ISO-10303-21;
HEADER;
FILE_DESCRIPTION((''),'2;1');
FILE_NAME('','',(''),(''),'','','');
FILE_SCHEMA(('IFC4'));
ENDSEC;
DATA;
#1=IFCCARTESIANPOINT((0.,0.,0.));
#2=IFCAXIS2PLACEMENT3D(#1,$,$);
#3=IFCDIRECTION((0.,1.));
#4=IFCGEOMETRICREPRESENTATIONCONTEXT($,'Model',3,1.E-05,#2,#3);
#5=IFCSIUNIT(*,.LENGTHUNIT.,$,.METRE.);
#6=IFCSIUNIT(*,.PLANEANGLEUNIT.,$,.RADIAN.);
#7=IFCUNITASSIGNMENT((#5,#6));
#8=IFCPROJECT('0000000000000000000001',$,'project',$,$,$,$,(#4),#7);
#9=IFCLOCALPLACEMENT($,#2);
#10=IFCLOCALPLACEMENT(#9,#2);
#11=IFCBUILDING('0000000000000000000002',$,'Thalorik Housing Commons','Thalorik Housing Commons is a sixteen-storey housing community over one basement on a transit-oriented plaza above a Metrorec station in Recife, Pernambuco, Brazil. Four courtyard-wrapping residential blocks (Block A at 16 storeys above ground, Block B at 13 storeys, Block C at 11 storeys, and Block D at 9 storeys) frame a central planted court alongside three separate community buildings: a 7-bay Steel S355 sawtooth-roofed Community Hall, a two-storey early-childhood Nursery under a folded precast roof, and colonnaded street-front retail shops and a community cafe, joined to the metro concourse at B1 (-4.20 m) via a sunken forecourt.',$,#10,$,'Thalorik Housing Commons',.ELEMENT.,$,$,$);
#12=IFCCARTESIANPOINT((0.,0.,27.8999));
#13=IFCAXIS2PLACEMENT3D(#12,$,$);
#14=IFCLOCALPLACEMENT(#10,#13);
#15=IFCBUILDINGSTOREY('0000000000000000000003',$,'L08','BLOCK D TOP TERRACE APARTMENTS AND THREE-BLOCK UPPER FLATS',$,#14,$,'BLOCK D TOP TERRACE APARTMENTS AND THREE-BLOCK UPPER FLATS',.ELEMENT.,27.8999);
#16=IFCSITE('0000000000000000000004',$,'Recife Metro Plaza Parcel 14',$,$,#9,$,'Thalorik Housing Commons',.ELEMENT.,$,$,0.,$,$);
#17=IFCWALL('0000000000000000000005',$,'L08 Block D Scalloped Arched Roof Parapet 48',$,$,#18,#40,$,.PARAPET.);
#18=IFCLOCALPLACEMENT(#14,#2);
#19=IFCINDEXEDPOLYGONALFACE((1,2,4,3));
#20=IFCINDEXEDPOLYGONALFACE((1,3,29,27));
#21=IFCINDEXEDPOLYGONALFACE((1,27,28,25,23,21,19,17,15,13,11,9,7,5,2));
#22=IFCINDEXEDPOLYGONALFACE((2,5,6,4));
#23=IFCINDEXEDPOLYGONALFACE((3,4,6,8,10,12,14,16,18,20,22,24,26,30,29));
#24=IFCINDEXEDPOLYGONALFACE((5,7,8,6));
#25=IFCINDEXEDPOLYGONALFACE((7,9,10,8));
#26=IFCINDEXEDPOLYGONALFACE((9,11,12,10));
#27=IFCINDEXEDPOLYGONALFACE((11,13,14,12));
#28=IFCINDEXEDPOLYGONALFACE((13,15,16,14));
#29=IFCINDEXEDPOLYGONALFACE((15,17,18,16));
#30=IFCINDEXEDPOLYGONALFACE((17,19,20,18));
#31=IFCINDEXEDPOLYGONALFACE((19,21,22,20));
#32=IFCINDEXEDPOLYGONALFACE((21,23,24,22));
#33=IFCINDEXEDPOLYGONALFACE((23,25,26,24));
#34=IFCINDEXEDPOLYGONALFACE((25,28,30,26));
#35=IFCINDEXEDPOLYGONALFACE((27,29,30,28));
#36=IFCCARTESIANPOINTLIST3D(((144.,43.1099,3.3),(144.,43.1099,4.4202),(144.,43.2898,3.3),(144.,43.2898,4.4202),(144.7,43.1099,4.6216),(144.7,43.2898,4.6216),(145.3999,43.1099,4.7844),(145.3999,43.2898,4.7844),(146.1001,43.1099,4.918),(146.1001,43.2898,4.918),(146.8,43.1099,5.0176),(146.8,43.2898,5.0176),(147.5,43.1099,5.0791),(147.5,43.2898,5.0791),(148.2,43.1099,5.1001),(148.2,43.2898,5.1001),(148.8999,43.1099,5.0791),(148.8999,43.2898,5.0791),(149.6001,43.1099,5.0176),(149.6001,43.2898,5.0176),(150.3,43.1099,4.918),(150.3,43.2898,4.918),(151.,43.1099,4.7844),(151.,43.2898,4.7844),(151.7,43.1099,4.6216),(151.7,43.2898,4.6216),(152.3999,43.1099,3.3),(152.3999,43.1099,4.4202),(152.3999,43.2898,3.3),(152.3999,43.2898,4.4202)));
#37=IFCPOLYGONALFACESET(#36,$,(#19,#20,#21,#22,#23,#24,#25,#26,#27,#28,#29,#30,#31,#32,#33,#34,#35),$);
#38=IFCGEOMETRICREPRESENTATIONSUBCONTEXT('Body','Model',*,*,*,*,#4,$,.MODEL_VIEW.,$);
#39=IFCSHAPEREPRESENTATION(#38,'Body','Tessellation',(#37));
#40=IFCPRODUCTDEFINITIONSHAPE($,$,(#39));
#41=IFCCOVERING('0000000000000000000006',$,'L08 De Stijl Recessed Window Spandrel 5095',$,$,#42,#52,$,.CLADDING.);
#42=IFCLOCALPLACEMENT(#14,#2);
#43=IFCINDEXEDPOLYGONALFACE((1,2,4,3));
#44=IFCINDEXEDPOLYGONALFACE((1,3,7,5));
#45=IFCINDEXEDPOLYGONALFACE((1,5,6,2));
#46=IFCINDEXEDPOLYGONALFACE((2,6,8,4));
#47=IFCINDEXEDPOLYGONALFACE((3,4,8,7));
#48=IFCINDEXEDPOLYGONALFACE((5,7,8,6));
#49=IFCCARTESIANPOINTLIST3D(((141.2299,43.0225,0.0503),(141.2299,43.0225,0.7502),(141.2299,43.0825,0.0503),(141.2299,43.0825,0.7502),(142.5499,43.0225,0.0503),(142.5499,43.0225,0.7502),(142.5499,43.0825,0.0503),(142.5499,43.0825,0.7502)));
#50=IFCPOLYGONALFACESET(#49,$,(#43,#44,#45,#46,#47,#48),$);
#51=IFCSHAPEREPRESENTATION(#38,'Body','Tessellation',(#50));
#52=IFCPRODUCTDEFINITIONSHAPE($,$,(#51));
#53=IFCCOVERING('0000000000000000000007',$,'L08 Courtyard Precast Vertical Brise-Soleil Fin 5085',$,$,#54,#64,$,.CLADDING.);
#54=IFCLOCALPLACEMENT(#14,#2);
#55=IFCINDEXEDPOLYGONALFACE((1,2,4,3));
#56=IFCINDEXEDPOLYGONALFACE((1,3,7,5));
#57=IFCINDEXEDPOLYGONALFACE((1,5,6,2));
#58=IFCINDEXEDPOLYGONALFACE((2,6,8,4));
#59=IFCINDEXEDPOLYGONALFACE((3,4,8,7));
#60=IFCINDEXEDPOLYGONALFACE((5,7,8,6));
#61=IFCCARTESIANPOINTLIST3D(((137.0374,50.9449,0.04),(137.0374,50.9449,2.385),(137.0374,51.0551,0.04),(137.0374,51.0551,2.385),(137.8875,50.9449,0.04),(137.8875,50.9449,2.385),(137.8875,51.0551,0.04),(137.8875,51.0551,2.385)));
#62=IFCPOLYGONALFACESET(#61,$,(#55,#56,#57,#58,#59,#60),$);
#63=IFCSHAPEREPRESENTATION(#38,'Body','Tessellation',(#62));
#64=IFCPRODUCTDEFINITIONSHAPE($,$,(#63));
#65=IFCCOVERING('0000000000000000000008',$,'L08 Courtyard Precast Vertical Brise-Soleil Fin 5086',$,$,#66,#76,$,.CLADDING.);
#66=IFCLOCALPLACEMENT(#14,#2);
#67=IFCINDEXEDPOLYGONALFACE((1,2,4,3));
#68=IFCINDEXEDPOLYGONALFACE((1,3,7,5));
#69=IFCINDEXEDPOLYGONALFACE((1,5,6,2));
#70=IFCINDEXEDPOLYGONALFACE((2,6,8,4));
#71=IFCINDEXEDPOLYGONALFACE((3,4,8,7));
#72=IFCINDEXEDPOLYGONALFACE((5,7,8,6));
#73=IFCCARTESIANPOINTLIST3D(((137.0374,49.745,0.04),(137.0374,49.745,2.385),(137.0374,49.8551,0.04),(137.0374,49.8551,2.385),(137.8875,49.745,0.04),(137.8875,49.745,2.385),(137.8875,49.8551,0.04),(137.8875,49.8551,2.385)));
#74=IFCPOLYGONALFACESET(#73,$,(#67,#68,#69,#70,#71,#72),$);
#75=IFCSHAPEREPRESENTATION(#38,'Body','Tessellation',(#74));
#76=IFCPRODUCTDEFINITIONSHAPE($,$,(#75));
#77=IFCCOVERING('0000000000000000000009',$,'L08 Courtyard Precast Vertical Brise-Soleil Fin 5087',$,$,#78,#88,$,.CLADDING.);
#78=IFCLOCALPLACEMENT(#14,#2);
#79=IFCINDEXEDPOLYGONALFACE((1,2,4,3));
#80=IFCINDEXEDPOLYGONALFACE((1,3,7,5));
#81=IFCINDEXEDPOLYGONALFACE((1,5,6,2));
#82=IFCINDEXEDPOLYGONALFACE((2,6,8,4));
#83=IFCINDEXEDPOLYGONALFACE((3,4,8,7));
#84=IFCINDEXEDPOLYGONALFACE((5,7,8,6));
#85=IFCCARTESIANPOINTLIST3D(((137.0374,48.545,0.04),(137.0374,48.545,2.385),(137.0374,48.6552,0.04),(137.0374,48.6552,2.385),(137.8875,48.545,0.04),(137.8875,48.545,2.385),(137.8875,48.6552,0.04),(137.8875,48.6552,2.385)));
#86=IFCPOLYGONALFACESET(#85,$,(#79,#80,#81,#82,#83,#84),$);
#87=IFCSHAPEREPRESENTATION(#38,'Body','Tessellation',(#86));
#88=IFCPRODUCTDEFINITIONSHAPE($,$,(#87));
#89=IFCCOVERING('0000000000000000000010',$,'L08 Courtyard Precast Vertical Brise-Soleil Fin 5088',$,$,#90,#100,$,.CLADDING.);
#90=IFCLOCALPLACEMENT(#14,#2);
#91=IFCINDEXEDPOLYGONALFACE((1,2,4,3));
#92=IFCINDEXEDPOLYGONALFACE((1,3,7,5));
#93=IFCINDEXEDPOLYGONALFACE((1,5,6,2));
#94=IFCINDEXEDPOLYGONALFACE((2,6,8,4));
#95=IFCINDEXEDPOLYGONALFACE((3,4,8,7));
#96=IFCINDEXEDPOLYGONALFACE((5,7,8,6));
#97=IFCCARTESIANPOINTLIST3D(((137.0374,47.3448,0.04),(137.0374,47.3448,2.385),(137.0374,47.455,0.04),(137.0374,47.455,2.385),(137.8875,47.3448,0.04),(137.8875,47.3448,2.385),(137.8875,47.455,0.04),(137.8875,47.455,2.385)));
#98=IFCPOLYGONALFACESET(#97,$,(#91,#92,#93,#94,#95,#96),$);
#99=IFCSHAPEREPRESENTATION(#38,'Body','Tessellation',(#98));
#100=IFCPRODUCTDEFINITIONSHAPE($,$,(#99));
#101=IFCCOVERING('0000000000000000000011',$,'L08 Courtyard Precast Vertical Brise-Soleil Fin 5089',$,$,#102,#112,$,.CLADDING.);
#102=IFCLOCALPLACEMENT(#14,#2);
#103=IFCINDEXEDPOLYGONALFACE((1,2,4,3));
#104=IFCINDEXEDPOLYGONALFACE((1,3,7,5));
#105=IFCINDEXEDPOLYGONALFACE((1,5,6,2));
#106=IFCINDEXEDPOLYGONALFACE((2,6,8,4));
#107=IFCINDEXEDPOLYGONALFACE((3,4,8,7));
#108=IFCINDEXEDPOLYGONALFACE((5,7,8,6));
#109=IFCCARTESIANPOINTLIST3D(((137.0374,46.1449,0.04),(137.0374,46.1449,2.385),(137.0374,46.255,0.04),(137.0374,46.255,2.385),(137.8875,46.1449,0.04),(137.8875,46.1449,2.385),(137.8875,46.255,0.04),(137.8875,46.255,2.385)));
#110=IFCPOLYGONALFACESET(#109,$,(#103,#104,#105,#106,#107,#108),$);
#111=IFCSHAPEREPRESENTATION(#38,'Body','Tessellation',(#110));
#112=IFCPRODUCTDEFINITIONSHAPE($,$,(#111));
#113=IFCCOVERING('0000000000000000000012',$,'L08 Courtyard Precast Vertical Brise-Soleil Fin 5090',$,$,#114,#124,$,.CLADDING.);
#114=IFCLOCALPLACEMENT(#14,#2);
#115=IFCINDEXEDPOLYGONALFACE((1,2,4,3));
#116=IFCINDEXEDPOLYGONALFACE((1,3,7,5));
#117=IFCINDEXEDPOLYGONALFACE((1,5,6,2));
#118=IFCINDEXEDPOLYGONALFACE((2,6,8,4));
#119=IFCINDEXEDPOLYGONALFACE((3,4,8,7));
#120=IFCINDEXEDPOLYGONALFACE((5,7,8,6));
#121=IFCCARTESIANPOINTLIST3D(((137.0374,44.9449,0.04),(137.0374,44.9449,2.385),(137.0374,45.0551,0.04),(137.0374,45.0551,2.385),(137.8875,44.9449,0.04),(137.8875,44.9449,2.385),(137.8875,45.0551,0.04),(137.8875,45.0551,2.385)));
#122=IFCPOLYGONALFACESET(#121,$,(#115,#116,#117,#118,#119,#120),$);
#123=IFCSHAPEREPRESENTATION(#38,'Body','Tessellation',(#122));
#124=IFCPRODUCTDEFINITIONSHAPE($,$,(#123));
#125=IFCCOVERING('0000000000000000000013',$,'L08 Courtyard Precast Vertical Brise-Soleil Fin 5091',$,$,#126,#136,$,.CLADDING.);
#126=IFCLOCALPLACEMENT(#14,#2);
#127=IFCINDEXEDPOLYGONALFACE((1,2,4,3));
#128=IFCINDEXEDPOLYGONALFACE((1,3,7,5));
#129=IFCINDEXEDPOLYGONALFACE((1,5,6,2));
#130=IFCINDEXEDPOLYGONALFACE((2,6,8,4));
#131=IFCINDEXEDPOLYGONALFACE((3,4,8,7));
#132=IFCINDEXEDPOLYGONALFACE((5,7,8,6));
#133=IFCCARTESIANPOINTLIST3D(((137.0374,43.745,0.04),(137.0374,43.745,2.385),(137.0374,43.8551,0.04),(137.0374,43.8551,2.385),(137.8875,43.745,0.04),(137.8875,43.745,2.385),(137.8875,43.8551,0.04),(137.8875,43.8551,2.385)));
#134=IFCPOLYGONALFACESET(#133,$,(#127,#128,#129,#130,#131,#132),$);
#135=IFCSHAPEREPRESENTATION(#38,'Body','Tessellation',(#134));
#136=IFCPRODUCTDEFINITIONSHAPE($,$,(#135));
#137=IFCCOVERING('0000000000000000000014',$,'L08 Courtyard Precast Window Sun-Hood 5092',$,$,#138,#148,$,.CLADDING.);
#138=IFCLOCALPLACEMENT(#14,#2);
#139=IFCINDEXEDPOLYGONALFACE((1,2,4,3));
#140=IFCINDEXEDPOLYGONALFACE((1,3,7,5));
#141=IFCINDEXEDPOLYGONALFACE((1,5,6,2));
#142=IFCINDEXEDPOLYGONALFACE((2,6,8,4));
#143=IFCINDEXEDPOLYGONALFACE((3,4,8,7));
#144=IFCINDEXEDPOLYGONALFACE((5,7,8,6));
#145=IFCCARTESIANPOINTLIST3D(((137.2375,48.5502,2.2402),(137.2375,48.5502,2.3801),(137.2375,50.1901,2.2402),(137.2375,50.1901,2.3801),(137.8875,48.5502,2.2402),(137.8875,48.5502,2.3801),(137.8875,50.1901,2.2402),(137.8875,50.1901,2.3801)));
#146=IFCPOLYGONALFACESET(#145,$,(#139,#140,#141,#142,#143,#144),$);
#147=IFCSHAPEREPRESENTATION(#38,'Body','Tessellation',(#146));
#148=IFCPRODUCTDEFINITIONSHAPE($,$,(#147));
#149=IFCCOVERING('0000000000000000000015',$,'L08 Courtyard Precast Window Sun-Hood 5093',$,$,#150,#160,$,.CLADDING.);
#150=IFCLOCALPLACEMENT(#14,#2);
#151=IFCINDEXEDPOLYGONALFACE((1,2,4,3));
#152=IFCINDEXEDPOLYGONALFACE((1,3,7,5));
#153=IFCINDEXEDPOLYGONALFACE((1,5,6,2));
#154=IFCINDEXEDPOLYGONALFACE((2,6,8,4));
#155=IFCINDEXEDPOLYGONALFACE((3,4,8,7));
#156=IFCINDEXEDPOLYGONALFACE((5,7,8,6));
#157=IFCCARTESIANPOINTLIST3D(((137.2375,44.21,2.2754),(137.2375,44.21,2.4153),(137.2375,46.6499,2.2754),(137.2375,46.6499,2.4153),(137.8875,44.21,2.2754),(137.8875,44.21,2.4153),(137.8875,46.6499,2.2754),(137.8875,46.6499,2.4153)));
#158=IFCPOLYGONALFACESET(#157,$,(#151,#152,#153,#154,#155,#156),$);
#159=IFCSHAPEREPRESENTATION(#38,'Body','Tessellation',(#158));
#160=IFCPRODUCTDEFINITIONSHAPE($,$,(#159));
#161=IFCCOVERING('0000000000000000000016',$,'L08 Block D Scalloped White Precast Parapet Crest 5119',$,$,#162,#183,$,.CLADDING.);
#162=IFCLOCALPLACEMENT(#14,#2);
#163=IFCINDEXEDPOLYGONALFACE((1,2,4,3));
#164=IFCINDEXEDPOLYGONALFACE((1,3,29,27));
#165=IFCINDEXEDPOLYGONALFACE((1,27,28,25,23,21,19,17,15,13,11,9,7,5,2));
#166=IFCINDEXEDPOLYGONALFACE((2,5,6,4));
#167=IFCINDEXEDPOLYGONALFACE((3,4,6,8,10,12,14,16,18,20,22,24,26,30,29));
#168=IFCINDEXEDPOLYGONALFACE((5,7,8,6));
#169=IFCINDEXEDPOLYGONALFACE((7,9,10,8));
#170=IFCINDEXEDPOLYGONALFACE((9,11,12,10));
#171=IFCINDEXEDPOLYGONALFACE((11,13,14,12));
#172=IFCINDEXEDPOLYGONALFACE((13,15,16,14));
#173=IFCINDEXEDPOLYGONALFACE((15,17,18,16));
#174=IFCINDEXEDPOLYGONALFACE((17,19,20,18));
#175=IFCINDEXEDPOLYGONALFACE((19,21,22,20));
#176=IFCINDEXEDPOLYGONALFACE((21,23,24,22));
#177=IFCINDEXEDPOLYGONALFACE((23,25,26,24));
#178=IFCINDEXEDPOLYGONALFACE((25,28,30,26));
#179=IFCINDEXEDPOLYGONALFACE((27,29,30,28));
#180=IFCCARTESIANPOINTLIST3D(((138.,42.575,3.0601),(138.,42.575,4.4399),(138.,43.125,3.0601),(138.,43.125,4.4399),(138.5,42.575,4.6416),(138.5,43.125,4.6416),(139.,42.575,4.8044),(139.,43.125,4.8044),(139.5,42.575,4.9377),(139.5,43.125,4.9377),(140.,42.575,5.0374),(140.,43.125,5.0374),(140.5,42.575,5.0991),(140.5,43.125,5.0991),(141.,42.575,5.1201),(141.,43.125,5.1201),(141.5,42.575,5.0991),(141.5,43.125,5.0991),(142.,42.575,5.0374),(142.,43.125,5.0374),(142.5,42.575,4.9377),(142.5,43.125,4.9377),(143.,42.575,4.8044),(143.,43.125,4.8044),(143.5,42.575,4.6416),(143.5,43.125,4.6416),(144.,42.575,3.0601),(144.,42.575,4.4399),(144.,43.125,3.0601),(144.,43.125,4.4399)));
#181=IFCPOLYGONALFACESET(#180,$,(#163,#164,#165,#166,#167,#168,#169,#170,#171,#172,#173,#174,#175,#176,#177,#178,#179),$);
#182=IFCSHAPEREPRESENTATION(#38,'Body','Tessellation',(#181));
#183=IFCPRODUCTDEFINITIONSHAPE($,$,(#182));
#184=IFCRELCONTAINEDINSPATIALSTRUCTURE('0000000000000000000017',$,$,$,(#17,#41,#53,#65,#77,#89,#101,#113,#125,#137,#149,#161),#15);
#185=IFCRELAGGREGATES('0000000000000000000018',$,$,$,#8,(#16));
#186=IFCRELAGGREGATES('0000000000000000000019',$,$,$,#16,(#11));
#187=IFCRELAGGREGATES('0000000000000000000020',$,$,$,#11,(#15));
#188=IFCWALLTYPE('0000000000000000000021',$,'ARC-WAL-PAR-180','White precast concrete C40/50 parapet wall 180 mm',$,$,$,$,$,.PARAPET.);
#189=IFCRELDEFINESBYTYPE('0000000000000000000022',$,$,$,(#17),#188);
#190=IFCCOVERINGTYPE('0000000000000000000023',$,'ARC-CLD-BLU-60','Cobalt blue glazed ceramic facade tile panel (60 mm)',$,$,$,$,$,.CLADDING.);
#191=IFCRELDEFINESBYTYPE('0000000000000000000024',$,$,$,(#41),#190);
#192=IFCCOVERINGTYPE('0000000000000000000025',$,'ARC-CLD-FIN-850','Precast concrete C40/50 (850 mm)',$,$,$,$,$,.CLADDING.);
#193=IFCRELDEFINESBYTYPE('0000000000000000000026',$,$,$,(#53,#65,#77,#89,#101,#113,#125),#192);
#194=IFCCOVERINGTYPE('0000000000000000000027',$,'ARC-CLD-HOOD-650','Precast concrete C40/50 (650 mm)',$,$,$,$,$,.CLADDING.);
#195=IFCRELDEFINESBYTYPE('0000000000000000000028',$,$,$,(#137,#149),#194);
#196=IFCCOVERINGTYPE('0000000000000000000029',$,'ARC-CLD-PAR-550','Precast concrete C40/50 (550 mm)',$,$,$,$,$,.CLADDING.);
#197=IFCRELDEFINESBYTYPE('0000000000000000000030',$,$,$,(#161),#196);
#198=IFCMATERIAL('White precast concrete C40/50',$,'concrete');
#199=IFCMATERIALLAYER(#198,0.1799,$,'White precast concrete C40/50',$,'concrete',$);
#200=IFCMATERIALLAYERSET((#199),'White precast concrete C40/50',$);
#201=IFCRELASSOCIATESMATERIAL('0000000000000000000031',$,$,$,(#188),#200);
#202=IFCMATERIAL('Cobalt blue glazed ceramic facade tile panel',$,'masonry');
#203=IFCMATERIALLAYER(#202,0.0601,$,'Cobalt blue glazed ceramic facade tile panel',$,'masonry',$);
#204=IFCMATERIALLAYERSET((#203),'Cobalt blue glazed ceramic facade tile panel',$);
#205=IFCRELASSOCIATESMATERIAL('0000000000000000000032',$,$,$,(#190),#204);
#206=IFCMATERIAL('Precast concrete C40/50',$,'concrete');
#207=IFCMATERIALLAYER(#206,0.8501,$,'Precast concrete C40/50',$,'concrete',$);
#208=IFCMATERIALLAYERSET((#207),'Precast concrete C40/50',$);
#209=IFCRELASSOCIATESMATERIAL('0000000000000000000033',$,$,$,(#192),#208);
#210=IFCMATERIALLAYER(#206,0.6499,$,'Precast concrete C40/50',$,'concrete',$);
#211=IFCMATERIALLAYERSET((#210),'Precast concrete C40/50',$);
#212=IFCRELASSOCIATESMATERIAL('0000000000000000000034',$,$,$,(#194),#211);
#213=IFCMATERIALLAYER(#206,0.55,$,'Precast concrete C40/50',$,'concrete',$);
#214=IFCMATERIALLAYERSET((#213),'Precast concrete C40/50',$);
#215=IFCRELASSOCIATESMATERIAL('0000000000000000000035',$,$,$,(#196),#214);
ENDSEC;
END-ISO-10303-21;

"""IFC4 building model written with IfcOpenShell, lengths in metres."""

from ifc_helpers import new_model, si_unit, direction, frame, origin, origin_2d, place, context, subcontext, project, spatial, polyline, rectangle, outline, extrude, material, layer, layer_set, type_object, element, save


model = new_model("IFC4")

# Units and contexts
model_context = context("Model", 3, precision=1e-05, world=origin(), true_north=direction((0.0, 1.0)))
body_context = subcontext(model_context, "Body", "Model", "MODEL_VIEW")
ifc_project = project(units=[si_unit("LENGTHUNIT", "METRE"), si_unit("PLANEANGLEUNIT", "RADIAN")], contexts=[model_context])

# Site, building, storey
site_placement = place(None, origin())
site = spatial("IfcSite", under=ifc_project, at=site_placement, Name="Recife Metro Plaza Parcel 14", LongName="Thalorik Housing Commons", CompositionType="ELEMENT", RefElevation=0.0)
building_placement = place(site_placement, origin())
building = spatial("IfcBuilding", under=site, at=building_placement, Name="Thalorik Housing Commons", Description="Thalorik Housing Commons is a sixteen-storey housing community over one basement on a transit-oriented plaza above a Metrorec station in Recife, Pernambuco, Brazil. Four courtyard-wrapping residential blocks (Block A at 16 storeys above ground, Block B at 13 storeys, Block C at 11 storeys, and Block D at 9 storeys) frame a central planted court alongside three separate community buildings: a 7-bay Steel S355 sawtooth-roofed Community Hall, a two-storey early-childhood Nursery under a folded precast roof, and colonnaded street-front retail shops and a community cafe, joined to the metro concourse at B1 (-4.20 m) via a sunken forecourt.", LongName="Thalorik Housing Commons", CompositionType="ELEMENT")
storey_placement = place(building_placement, frame((0.0, 0.0, 27.8999)))
storey = spatial("IfcBuildingStorey", under=building, at=storey_placement, Name="L08", Description="BLOCK D TOP TERRACE APARTMENTS AND THREE-BLOCK UPPER FLATS", LongName="BLOCK D TOP TERRACE APARTMENTS AND THREE-BLOCK UPPER FLATS", CompositionType="ELEMENT", Elevation=27.8999)

# Shared definitions
ifc_material_1 = material(Name="Precast concrete C40/50", Category="concrete")

# Shared definitions
ifc_material_2 = material(Name="White precast concrete C40/50", Category="concrete")

# Wall
ifc_layer_1 = layer(ifc_material_2, 0.1799, Name="White precast concrete C40/50", Category="concrete")
ifc_layer_set_1 = layer_set([ifc_layer_1], Name="White precast concrete C40/50")
wall_type_1 = type_object("IfcWallType", Name="ARC-WAL-PAR-180", Description="White precast concrete C40/50 parapet wall 180 mm", PredefinedType="PARAPET", material=ifc_layer_set_1)
wall_1_placement = place(storey_placement, frame((144.0, 43.2, 3.3), z_axis=(0.0, 0.0, 1.0), x_axis=(1.0, 0.0, 0.0)))
element("IfcWall", 1, at=wall_1_placement, inside=storey, type_object=wall_type_1, Name="L08 Block D Scalloped Arched Roof Parapet 48", PredefinedType="PARAPET", context=body_context, shape_type="SweptSolid", body=[
    extrude(outline(polyline([(0.0, 0.0), (8.3999, 0.0), (8.3999, 1.1201), (7.7, 1.3215), (7.0, 1.4844), (6.3, 1.6179), (5.6001, 1.7175), (4.8999, 1.7791), (4.2, 1.8), (3.5, 1.7791), (2.8, 1.7175), (2.1001, 1.6179), (1.3999, 1.4844), (0.7, 1.3215), (0.0, 1.1201), (0.0, 0.0)])), frame((0.0, 0.0898, 0.0), z_axis=(0.0, -1.0, 0.0), x_axis=(1.0, 0.0, 0.0)), (0.0, 0.0, 1.0), 0.1799),
])

# Coverings
ifc_material_3 = material(Name="Cobalt blue glazed ceramic facade tile panel", Category="masonry")
ifc_layer_2 = layer(ifc_material_3, 0.0601, Name="Cobalt blue glazed ceramic facade tile panel", Category="masonry")
ifc_layer_set_2 = layer_set([ifc_layer_2], Name="Cobalt blue glazed ceramic facade tile panel")
covering_type_1 = type_object("IfcCoveringType", Name="ARC-CLD-BLU-60", Description="Cobalt blue glazed ceramic facade tile panel (60 mm)", PredefinedType="CLADDING", material=ifc_layer_set_2)
covering_1_placement = place(storey_placement, frame((141.8899, 43.0525, 0.0503), z_axis=(0.0, 0.0, 1.0), x_axis=(1.0, 0.0, 0.0)))
element("IfcCovering", 2, at=covering_1_placement, inside=storey, type_object=covering_type_1, Name="L08 De Stijl Recessed Window Spandrel 5095", PredefinedType="CLADDING", context=body_context, shape_type="SweptSolid", body=[
    extrude(rectangle(XDim=1.3201, YDim=0.0601, at=origin_2d()), origin(), (0.0, 0.0, 1.0), 0.7),
])
ifc_layer_3 = layer(ifc_material_1, 0.8501, Name="Precast concrete C40/50", Category="concrete")
ifc_layer_set_3 = layer_set([ifc_layer_3], Name="Precast concrete C40/50")
covering_type_2 = type_object("IfcCoveringType", Name="ARC-CLD-FIN-850", Description="Precast concrete C40/50 (850 mm)", PredefinedType="CLADDING", material=ifc_layer_set_3)
for number, where, z_axis, x_axis, name in (
    (3, (137.4624, 51.0, 0.04), (0.0, 0.0, 1.0), (0.0, -1.0, 0.0), "L08 Courtyard Precast Vertical Brise-Soleil Fin 5085"),
    (4, (137.4624, 49.8, 0.04), (0.0, 0.0, 1.0), (0.0, -1.0, 0.0), "L08 Courtyard Precast Vertical Brise-Soleil Fin 5086"),
    (5, (137.4624, 48.6001, 0.04), (0.0, 0.0, 1.0), (0.0, -1.0, 0.0), "L08 Courtyard Precast Vertical Brise-Soleil Fin 5087"),
    (6, (137.4624, 47.3999, 0.04), (0.0, 0.0, 1.0), (0.0, -1.0, 0.0), "L08 Courtyard Precast Vertical Brise-Soleil Fin 5088"),
    (7, (137.4624, 46.2, 0.04), (0.0, 0.0, 1.0), (0.0, -1.0, 0.0), "L08 Courtyard Precast Vertical Brise-Soleil Fin 5089"),
    (8, (137.4624, 45.0, 0.04), (0.0, 0.0, 1.0), (0.0, -1.0, 0.0), "L08 Courtyard Precast Vertical Brise-Soleil Fin 5090"),
    (9, (137.4624, 43.8, 0.04), (0.0, 0.0, 1.0), (0.0, -1.0, 0.0), "L08 Courtyard Precast Vertical Brise-Soleil Fin 5091"),
):
    element("IfcCovering", number, at=place(storey_placement, frame(where, z_axis=z_axis, x_axis=x_axis)), inside=storey, type_object=covering_type_2, Name=name, PredefinedType="CLADDING", context=body_context, shape_type="SweptSolid", body=[
        extrude(rectangle(XDim=0.1101, YDim=0.8501, at=origin_2d()), origin(), (0.0, 0.0, 1.0), 2.345),
    ])
ifc_layer_4 = layer(ifc_material_1, 0.6499, Name="Precast concrete C40/50", Category="concrete")
ifc_layer_set_4 = layer_set([ifc_layer_4], Name="Precast concrete C40/50")
covering_type_3 = type_object("IfcCoveringType", Name="ARC-CLD-HOOD-650", Description="Precast concrete C40/50 (650 mm)", PredefinedType="CLADDING", material=ifc_layer_set_4)
covering_2_placement = place(storey_placement, frame((137.5625, 49.3701, 2.2402), z_axis=(0.0, 0.0, 1.0), x_axis=(0.0, -1.0, 0.0)))
element("IfcCovering", 10, at=covering_2_placement, inside=storey, type_object=covering_type_3, Name="L08 Courtyard Precast Window Sun-Hood 5092", PredefinedType="CLADDING", context=body_context, shape_type="SweptSolid", body=[
    extrude(rectangle(XDim=1.6399, YDim=0.6499, at=origin_2d()), origin(), (0.0, 0.0, 1.0), 0.1399),
])
covering_3_placement = place(storey_placement, frame((137.5625, 45.4299, 2.2754), z_axis=(0.0, 0.0, 1.0), x_axis=(0.0, -1.0, 0.0)))
element("IfcCovering", 11, at=covering_3_placement, inside=storey, type_object=covering_type_3, Name="L08 Courtyard Precast Window Sun-Hood 5093", PredefinedType="CLADDING", context=body_context, shape_type="SweptSolid", body=[
    extrude(rectangle(XDim=2.4399, YDim=0.6499, at=origin_2d()), origin(), (0.0, 0.0, 1.0), 0.1399),
])
ifc_layer_5 = layer(ifc_material_1, 0.55, Name="Precast concrete C40/50", Category="concrete")
ifc_layer_set_5 = layer_set([ifc_layer_5], Name="Precast concrete C40/50")
covering_type_4 = type_object("IfcCoveringType", Name="ARC-CLD-PAR-550", Description="Precast concrete C40/50 (550 mm)", PredefinedType="CLADDING", material=ifc_layer_set_5)
covering_4_placement = place(storey_placement, frame((141.0, 42.8501, 3.0601), z_axis=(0.0, 0.0, 1.0), x_axis=(1.0, 0.0, 0.0)))
element("IfcCovering", 12, at=covering_4_placement, inside=storey, type_object=covering_type_4, Name="L08 Block D Scalloped White Precast Parapet Crest 5119", PredefinedType="CLADDING", context=body_context, shape_type="SweptSolid", body=[
    extrude(outline(polyline([(-3.0, 0.0), (3.0, 0.0), (3.0, 1.3799), (2.5, 1.5815), (2.0, 1.7444), (1.5, 1.8777), (1.0, 1.9773), (0.5, 2.0391), (0.0, 2.0601), (-0.5, 2.0391), (-1.0, 1.9773), (-1.5, 1.8777), (-2.0, 1.7444), (-2.5, 1.5815), (-3.0, 1.3799), (-3.0, 0.0)])), frame((0.0, 0.2749, 0.0), z_axis=(0.0, -1.0, 0.0), x_axis=(1.0, 0.0, 0.0)), (0.0, 0.0, 1.0), 0.55),
])

save(model, "model.ifc")
